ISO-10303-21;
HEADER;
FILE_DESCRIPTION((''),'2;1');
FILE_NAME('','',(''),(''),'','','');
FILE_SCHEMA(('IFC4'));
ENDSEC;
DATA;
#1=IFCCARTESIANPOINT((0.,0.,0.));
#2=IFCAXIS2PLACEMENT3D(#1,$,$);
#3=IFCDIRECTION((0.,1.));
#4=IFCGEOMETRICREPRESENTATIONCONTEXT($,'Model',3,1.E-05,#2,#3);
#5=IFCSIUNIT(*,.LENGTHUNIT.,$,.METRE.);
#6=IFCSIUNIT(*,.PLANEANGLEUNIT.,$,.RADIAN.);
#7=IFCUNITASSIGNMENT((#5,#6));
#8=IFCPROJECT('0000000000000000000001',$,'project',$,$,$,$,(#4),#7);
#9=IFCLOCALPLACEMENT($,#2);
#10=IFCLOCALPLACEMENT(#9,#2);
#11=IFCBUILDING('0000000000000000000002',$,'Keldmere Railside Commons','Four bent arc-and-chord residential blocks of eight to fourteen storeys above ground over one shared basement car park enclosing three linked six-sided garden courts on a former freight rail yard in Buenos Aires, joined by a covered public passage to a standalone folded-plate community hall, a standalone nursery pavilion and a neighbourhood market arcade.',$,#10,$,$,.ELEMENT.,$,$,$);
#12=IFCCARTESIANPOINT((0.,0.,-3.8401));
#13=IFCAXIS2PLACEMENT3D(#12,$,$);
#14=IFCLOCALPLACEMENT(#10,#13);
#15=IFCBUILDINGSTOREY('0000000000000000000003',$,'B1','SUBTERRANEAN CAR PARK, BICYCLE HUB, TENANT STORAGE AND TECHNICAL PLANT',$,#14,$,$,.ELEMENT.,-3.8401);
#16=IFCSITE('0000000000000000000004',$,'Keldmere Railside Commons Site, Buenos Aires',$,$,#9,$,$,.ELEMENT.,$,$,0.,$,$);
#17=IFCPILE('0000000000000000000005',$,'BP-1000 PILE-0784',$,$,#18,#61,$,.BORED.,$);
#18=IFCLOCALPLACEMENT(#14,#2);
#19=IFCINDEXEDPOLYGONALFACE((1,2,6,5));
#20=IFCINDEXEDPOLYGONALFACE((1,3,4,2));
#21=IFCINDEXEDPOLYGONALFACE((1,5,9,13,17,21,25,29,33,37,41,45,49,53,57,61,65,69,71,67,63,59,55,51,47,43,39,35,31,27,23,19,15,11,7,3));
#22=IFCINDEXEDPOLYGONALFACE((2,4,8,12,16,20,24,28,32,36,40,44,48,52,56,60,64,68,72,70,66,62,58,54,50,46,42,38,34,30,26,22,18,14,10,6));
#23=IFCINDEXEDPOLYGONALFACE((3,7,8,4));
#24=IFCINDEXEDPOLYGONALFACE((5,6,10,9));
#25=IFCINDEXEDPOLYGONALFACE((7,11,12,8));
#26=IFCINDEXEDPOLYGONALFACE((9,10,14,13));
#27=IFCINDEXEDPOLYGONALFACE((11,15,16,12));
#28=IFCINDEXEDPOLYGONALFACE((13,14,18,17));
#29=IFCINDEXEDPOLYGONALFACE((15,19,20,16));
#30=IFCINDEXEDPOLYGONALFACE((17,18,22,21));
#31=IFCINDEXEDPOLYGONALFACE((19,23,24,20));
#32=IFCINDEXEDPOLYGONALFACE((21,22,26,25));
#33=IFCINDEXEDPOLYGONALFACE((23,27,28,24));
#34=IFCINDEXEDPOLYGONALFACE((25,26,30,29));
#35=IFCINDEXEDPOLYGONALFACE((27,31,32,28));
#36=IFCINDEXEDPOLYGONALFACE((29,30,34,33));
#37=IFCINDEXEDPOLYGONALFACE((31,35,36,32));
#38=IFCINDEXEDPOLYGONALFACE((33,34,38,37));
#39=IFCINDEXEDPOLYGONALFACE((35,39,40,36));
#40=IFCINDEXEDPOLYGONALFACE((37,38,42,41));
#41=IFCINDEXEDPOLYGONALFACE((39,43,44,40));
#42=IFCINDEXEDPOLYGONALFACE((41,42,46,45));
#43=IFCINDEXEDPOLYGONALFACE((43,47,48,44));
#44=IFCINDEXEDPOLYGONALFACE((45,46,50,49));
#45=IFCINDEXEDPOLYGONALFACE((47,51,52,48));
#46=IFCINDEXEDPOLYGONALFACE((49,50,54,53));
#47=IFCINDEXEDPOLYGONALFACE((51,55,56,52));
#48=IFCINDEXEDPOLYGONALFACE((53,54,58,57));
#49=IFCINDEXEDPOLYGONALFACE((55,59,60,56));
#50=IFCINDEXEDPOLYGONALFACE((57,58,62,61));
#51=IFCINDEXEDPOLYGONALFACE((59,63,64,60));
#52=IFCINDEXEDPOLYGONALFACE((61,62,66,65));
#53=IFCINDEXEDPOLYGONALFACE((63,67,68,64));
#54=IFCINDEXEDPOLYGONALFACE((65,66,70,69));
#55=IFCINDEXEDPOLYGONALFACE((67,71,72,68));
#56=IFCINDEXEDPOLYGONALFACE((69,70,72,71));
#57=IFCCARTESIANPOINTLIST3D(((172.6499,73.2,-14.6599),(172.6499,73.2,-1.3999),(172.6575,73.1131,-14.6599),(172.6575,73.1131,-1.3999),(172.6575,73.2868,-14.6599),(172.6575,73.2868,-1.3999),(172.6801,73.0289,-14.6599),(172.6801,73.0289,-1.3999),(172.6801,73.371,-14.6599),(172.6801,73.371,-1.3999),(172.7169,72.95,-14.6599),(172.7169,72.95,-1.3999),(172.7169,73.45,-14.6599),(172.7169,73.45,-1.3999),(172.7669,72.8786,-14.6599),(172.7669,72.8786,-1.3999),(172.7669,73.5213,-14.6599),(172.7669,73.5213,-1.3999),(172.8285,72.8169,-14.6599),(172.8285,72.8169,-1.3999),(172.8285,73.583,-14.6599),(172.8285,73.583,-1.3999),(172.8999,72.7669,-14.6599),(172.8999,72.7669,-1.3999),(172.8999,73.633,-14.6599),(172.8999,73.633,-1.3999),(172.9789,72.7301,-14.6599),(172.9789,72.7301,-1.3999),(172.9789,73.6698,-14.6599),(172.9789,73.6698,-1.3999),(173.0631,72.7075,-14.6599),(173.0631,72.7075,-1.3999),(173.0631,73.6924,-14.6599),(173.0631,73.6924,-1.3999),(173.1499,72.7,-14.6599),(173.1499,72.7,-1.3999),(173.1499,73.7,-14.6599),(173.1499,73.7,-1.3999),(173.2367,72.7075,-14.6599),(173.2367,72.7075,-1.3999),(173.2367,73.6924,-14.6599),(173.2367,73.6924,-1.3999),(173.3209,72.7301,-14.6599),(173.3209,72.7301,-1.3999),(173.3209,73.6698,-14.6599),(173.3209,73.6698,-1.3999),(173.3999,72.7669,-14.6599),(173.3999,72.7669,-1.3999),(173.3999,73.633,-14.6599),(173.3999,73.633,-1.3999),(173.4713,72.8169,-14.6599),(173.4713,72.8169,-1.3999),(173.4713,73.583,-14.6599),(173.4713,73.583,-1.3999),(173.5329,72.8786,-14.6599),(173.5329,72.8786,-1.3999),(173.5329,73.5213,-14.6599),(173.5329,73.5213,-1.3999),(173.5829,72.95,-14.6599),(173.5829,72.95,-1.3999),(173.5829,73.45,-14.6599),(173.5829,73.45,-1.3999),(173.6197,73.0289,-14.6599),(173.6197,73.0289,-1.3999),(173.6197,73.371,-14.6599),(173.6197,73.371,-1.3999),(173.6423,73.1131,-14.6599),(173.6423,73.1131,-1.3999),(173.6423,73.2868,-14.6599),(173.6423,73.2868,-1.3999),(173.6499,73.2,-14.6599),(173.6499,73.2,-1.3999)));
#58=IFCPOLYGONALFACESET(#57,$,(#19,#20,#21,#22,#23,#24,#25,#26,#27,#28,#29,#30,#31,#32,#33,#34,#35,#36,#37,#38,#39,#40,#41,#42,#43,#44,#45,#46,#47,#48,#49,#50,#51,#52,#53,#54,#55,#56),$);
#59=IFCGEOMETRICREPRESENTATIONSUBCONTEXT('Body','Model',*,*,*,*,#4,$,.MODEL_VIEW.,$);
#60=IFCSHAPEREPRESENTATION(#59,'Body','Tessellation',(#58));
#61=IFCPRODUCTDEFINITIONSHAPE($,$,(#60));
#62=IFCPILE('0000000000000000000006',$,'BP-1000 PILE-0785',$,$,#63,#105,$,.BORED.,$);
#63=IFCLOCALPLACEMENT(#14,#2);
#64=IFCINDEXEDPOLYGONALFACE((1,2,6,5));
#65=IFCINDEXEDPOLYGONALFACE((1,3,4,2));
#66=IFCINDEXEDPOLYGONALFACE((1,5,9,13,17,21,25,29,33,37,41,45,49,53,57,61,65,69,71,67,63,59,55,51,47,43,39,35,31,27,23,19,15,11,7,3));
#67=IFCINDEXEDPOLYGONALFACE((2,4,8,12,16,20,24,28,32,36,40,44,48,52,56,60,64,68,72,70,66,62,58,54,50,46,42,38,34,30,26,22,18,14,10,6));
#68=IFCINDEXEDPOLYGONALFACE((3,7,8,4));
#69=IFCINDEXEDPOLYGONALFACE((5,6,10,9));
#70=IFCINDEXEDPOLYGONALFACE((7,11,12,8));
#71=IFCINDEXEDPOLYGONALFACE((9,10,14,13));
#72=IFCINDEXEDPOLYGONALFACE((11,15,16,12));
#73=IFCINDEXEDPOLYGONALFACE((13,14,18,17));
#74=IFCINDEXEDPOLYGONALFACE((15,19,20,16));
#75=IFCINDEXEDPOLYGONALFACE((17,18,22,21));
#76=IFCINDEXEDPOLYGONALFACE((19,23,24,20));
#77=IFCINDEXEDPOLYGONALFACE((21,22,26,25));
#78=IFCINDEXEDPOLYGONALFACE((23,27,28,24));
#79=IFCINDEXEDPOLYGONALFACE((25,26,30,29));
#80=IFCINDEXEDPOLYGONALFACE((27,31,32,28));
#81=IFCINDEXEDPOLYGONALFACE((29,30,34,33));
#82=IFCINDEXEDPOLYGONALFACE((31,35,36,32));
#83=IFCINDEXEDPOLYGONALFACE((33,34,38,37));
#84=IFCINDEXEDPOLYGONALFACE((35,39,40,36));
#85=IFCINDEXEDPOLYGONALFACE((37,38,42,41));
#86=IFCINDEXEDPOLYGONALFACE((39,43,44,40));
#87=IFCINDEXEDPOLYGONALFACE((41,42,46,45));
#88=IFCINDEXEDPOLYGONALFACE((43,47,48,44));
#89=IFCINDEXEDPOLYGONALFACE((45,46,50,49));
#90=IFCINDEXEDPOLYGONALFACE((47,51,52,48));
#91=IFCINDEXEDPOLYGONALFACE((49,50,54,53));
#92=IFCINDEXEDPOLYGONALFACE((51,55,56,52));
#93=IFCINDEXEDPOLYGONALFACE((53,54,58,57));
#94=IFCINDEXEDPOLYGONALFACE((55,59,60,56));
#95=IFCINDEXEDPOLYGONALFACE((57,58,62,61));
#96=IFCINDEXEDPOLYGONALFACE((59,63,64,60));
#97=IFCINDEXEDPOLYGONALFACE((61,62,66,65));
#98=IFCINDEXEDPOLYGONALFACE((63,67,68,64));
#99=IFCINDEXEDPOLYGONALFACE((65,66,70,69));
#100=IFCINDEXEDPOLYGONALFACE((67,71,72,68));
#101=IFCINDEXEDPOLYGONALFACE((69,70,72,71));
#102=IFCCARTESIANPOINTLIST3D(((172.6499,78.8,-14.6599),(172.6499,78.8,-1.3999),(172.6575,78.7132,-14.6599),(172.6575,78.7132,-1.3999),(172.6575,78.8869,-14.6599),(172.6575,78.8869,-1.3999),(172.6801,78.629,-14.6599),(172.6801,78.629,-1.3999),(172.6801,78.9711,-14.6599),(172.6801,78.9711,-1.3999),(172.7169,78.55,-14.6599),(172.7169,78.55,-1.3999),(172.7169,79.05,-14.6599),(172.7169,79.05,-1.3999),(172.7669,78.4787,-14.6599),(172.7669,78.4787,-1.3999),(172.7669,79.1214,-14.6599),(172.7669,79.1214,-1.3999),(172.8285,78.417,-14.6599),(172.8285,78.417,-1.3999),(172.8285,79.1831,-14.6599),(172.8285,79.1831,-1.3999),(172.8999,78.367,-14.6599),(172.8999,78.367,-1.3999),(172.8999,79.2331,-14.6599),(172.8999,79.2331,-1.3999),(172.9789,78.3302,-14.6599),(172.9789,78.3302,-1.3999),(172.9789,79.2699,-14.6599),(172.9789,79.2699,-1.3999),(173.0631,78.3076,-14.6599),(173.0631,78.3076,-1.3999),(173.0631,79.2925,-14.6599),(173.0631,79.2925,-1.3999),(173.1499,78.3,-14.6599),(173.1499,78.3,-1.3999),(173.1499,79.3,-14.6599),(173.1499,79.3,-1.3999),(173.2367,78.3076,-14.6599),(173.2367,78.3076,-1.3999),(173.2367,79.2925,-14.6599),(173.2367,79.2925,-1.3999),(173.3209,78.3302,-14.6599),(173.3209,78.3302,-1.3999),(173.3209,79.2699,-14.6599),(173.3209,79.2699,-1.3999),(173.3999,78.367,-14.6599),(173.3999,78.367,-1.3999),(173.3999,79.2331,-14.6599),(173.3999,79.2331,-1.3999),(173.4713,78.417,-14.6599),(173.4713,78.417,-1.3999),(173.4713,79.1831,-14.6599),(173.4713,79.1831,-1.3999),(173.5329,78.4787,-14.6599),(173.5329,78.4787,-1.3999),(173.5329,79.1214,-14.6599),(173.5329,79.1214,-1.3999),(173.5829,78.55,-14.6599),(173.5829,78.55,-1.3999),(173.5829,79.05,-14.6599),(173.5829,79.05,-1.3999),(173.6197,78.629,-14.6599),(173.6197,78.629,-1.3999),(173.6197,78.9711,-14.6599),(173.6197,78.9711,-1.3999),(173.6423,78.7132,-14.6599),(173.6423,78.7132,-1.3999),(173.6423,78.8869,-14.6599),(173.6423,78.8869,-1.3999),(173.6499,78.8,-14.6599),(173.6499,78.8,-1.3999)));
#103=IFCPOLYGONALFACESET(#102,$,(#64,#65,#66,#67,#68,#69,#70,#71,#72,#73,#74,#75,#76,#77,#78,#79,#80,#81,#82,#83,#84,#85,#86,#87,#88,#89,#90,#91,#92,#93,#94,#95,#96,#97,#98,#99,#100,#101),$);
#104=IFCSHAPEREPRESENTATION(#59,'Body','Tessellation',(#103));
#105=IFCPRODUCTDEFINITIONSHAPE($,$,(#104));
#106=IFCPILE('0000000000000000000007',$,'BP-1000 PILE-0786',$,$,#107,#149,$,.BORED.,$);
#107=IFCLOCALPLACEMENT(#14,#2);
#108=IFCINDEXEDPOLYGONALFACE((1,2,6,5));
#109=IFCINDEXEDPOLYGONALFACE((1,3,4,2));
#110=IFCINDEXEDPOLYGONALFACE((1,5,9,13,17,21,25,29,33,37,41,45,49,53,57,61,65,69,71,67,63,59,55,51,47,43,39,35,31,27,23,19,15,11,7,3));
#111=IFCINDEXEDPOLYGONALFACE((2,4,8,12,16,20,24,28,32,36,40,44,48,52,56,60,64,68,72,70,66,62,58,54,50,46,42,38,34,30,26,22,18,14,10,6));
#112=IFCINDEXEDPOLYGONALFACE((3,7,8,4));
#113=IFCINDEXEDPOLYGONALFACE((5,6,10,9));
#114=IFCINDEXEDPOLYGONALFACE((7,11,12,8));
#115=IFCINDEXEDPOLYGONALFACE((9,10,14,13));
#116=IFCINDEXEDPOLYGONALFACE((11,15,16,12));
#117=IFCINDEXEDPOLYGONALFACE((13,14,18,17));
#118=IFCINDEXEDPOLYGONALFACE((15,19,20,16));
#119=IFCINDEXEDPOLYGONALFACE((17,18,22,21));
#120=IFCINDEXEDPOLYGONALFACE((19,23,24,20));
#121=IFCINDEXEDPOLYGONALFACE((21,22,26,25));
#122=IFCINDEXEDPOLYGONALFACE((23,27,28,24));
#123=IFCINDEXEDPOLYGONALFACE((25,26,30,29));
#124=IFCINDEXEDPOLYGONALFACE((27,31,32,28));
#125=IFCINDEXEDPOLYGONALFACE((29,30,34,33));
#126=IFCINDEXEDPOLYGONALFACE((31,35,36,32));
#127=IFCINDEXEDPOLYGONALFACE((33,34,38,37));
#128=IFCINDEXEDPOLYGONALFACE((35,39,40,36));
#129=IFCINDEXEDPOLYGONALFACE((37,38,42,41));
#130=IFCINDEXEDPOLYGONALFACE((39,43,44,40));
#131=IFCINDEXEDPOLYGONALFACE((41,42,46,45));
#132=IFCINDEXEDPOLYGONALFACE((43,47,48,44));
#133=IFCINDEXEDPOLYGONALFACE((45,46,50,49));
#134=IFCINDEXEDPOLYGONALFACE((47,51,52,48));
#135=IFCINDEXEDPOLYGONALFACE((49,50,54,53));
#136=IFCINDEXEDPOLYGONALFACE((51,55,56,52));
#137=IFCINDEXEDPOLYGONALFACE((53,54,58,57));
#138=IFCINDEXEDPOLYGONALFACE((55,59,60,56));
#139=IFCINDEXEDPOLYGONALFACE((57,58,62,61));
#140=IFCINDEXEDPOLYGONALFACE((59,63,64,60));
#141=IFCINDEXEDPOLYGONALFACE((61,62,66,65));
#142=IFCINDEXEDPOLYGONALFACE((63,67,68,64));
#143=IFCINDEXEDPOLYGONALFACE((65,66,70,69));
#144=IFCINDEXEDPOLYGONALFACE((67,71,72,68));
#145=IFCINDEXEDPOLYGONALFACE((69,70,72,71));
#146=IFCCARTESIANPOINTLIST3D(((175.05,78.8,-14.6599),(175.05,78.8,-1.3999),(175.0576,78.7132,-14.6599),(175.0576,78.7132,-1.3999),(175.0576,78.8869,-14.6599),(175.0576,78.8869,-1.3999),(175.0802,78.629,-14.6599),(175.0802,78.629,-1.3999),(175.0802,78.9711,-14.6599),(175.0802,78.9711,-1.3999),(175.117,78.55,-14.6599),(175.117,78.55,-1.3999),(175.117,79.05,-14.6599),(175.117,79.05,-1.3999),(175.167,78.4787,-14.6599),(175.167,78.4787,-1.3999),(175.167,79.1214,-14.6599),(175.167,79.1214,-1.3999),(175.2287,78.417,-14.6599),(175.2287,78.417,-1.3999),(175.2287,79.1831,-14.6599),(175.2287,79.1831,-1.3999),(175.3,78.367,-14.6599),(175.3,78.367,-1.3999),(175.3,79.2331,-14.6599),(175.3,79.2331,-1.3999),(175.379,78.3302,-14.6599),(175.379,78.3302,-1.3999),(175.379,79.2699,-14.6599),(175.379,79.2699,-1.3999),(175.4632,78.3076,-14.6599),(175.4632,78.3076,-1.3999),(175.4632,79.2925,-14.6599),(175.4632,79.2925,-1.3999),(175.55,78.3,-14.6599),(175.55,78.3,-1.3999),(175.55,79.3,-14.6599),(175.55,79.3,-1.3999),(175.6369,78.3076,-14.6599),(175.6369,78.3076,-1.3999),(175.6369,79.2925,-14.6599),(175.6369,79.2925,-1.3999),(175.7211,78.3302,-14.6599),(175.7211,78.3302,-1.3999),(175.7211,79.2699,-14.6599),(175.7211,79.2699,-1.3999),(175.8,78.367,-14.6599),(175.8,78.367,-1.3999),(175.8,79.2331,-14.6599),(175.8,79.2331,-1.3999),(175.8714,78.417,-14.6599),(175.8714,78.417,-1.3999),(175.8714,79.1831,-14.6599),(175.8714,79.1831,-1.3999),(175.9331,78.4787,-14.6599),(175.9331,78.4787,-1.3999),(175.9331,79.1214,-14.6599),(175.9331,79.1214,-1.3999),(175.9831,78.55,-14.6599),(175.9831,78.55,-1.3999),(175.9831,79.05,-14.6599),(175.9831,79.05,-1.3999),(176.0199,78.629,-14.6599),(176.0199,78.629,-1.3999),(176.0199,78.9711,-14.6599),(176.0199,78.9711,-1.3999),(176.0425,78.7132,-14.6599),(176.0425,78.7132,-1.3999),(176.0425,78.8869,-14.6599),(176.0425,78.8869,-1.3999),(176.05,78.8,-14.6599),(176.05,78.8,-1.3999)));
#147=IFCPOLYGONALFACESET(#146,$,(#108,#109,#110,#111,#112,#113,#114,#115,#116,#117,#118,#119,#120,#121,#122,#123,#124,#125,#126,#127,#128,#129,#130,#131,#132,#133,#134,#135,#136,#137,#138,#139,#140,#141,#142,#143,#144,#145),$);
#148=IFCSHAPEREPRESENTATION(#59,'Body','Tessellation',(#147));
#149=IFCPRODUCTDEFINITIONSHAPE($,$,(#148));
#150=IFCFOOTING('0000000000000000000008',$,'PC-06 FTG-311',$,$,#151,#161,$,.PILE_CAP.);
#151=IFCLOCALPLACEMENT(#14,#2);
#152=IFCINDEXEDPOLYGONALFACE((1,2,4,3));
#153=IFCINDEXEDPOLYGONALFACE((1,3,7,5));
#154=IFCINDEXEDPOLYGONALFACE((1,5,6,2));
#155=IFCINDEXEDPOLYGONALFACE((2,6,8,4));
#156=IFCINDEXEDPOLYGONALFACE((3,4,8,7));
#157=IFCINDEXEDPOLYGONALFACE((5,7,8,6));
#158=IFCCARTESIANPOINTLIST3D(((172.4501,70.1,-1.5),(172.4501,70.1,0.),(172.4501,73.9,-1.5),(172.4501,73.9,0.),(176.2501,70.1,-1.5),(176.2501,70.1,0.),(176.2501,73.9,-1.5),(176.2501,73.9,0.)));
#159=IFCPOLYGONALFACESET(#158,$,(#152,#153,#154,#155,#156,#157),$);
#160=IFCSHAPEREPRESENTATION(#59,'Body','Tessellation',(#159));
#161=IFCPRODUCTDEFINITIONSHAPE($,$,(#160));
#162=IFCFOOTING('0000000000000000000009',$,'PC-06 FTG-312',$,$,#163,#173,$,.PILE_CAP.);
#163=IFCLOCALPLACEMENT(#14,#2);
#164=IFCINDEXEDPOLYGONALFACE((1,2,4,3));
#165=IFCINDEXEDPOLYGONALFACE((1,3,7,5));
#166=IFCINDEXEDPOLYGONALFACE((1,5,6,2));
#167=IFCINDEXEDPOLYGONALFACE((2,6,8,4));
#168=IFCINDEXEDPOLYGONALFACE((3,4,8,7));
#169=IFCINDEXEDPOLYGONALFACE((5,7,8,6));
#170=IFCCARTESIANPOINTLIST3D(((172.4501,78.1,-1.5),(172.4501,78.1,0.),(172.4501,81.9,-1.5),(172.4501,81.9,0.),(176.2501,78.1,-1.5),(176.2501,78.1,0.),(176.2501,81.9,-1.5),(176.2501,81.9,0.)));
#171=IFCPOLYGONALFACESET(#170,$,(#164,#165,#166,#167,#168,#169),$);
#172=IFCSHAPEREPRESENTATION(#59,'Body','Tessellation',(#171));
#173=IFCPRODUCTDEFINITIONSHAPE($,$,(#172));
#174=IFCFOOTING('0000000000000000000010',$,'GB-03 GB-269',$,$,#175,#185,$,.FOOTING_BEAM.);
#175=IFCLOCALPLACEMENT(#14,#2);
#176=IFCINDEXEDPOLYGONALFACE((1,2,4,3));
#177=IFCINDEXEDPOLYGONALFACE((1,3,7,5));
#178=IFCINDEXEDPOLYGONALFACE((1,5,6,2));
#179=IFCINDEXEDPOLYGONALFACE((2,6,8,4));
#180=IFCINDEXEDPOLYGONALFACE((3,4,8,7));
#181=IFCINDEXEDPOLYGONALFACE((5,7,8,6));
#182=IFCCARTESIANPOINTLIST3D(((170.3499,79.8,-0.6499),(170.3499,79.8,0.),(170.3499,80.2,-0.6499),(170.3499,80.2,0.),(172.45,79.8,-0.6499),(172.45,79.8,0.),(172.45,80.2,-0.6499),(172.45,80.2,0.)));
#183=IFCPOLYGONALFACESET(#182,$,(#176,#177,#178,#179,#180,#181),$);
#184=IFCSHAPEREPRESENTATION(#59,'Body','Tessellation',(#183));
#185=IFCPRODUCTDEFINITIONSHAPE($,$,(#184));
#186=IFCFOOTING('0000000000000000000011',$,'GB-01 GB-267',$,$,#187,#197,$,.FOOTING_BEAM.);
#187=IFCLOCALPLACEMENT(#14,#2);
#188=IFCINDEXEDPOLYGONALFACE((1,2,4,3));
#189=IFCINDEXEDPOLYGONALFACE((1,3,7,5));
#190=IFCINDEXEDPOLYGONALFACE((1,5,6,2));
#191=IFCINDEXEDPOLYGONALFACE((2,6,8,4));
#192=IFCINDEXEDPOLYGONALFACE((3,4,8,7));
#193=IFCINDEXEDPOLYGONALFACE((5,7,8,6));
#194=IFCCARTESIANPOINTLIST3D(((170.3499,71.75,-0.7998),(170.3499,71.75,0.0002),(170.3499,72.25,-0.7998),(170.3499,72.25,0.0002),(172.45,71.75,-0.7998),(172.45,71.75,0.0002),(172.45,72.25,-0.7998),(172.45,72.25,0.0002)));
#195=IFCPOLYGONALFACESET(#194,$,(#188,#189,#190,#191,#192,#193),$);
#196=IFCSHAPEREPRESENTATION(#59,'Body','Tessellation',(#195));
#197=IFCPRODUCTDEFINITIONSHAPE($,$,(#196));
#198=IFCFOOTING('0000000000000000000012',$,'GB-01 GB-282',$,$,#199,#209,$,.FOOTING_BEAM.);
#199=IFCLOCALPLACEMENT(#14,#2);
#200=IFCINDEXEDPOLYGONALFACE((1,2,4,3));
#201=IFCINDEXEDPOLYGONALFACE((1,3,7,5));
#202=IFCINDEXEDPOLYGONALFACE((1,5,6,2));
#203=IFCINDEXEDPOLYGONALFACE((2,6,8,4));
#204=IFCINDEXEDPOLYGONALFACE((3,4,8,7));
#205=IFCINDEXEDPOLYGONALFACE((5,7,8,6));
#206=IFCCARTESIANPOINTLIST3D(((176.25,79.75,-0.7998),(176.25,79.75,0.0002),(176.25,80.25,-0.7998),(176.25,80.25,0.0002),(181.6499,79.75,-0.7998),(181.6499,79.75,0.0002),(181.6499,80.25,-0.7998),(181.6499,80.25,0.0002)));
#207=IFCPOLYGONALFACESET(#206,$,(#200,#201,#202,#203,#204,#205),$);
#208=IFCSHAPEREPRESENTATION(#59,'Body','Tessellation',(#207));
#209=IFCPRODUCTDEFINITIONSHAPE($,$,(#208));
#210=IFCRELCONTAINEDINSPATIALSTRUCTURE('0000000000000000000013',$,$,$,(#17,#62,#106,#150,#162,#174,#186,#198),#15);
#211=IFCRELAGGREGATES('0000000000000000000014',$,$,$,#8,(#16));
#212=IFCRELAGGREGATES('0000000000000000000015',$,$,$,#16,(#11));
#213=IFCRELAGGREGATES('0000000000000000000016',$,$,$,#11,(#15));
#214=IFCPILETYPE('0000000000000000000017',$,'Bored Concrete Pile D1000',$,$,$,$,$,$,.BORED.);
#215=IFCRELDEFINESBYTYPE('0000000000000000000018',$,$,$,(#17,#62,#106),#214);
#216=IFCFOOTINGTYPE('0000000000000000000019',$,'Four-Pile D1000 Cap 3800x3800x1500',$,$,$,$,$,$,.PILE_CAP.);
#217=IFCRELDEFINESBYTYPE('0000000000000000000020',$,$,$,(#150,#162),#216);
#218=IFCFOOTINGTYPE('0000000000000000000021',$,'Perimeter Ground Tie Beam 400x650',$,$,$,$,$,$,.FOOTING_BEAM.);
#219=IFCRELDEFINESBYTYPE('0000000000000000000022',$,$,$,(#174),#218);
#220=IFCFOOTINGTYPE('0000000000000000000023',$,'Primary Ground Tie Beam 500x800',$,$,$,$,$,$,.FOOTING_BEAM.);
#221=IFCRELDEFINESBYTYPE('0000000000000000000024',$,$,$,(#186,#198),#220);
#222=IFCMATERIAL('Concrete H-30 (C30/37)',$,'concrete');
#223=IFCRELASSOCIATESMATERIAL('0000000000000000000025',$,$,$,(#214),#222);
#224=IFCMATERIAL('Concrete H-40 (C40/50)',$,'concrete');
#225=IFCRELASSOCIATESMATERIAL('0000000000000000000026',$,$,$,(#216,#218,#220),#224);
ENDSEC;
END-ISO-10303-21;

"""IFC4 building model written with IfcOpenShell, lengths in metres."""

from ifc_helpers import new_model, si_unit, direction, frame, origin, origin_2d, place, context, subcontext, project, spatial, rectangle, circle, extrude, material, material_profile, profile_set, type_object, element, save


model = new_model("IFC4")

# Units and contexts
model_context = context("Model", 3, precision=1e-05, world=origin(), true_north=direction((0.0, 1.0)))
body_context = subcontext(model_context, "Body", "Model", "MODEL_VIEW")
ifc_project = project(units=[si_unit("LENGTHUNIT", "METRE"), si_unit("PLANEANGLEUNIT", "RADIAN")], contexts=[model_context])

# Site, building, storey
site_placement = place(None, origin())
site = spatial("IfcSite", under=ifc_project, at=site_placement, Name="Keldmere Railside Commons Site, Buenos Aires", CompositionType="ELEMENT", RefElevation=0.0)
building_placement = place(site_placement, origin())
building = spatial("IfcBuilding", under=site, at=building_placement, Name="Keldmere Railside Commons", Description="Four bent arc-and-chord residential blocks of eight to fourteen storeys above ground over one shared basement car park enclosing three linked six-sided garden courts on a former freight rail yard in Buenos Aires, joined by a covered public passage to a standalone folded-plate community hall, a standalone nursery pavilion and a neighbourhood market arcade.", CompositionType="ELEMENT")
storey_placement = place(building_placement, frame((0.0, 0.0, -3.8401)))
storey = spatial("IfcBuildingStorey", under=building, at=storey_placement, Name="B1", Description="SUBTERRANEAN CAR PARK, BICYCLE HUB, TENANT STORAGE AND TECHNICAL PLANT", CompositionType="ELEMENT", Elevation=-3.8401)

# Piles
ifc_material_1 = material(Name="Concrete H-30 (C30/37)", Category="concrete")
ifc_material_profile_1 = material_profile(ifc_material_1, circle(Radius=0.5, at=origin_2d()), Name="PILE-D1000")
ifc_profile_set_1 = profile_set([ifc_material_profile_1], Name="Concrete H-30 (C30/37)")
pile_type = type_object("IfcPileType", Name="Bored Concrete Pile D1000", PredefinedType="BORED", material=ifc_profile_set_1)
for number, where, z_axis, x_axis, name in (
    (1, (173.1499, 73.2, -1.3999), (0.0, 0.0, -1.0), (1.0, 0.0, 0.0), "BP-1000 PILE-0784"),
    (2, (173.1499, 78.8, -1.3999), (0.0, 0.0, -1.0), (1.0, 0.0, 0.0), "BP-1000 PILE-0785"),
    (3, (175.55, 78.8, -1.3999), (0.0, 0.0, -1.0), (1.0, 0.0, 0.0), "BP-1000 PILE-0786"),
):
    element("IfcPile", number, at=place(storey_placement, frame(where, z_axis=z_axis, x_axis=x_axis)), inside=storey, type_object=pile_type, Name=name, PredefinedType="BORED", context=body_context, shape_type="SweptSolid", body=[
        extrude(circle(Radius=0.5, at=origin_2d()), origin(), (0.0, 0.0, 1.0), 13.26),
    ])

# Footings
ifc_material_2 = material(Name="Concrete H-40 (C40/50)", Category="concrete")
footing_type_1 = type_object("IfcFootingType", Name="Four-Pile D1000 Cap 3800x3800x1500", PredefinedType="PILE_CAP", material=ifc_material_2)
for number, where, z_axis, x_axis, name in (
    (4, (174.3501, 72.0, -1.5), (0.0, 0.0, 1.0), (1.0, 0.0, 0.0), "PC-06 FTG-311"),
    (5, (174.3501, 80.0, -1.5), (0.0, 0.0, 1.0), (1.0, 0.0, 0.0), "PC-06 FTG-312"),
):
    element("IfcFooting", number, at=place(storey_placement, frame(where, z_axis=z_axis, x_axis=x_axis)), inside=storey, type_object=footing_type_1, Name=name, PredefinedType="PILE_CAP", context=body_context, shape_type="SweptSolid", body=[
        extrude(rectangle(XDim=3.8, YDim=3.8, at=origin_2d()), origin(), (0.0, 0.0, 1.0), 1.5),
    ])
footing_type_2 = type_object("IfcFootingType", Name="Perimeter Ground Tie Beam 400x650", PredefinedType="FOOTING_BEAM", material=ifc_material_2)
footing_1_placement = place(storey_placement, frame((171.3999, 80.0, -0.6499), z_axis=(0.0, 0.0, 1.0), x_axis=(1.0, 0.0, 0.0)))
element("IfcFooting", 6, at=footing_1_placement, inside=storey, type_object=footing_type_2, Name="GB-03 GB-269", PredefinedType="FOOTING_BEAM", context=body_context, shape_type="SweptSolid", body=[
    extrude(rectangle(XDim=2.1001, YDim=0.3999, at=origin_2d()), origin(), (0.0, 0.0, 1.0), 0.6499),
])
footing_type_3 = type_object("IfcFootingType", Name="Primary Ground Tie Beam 500x800", PredefinedType="FOOTING_BEAM", material=ifc_material_2)
footing_2_placement = place(storey_placement, frame((171.3999, 72.0, -0.7998), z_axis=(0.0, 0.0, 1.0), x_axis=(1.0, 0.0, 0.0)))
element("IfcFooting", 7, at=footing_2_placement, inside=storey, type_object=footing_type_3, Name="GB-01 GB-267", PredefinedType="FOOTING_BEAM", context=body_context, shape_type="SweptSolid", body=[
    extrude(rectangle(XDim=2.1001, YDim=0.5, at=origin_2d()), origin(), (0.0, 0.0, 1.0), 0.8),
])
footing_3_placement = place(storey_placement, frame((178.95, 80.0, -0.7998), z_axis=(0.0, 0.0, 1.0), x_axis=(1.0, 0.0, 0.0)))
element("IfcFooting", 8, at=footing_3_placement, inside=storey, type_object=footing_type_3, Name="GB-01 GB-282", PredefinedType="FOOTING_BEAM", context=body_context, shape_type="SweptSolid", body=[
    extrude(rectangle(XDim=5.3999, YDim=0.5, at=origin_2d()), origin(), (0.0, 0.0, 1.0), 0.8),
])

save(model, "model.ifc")
